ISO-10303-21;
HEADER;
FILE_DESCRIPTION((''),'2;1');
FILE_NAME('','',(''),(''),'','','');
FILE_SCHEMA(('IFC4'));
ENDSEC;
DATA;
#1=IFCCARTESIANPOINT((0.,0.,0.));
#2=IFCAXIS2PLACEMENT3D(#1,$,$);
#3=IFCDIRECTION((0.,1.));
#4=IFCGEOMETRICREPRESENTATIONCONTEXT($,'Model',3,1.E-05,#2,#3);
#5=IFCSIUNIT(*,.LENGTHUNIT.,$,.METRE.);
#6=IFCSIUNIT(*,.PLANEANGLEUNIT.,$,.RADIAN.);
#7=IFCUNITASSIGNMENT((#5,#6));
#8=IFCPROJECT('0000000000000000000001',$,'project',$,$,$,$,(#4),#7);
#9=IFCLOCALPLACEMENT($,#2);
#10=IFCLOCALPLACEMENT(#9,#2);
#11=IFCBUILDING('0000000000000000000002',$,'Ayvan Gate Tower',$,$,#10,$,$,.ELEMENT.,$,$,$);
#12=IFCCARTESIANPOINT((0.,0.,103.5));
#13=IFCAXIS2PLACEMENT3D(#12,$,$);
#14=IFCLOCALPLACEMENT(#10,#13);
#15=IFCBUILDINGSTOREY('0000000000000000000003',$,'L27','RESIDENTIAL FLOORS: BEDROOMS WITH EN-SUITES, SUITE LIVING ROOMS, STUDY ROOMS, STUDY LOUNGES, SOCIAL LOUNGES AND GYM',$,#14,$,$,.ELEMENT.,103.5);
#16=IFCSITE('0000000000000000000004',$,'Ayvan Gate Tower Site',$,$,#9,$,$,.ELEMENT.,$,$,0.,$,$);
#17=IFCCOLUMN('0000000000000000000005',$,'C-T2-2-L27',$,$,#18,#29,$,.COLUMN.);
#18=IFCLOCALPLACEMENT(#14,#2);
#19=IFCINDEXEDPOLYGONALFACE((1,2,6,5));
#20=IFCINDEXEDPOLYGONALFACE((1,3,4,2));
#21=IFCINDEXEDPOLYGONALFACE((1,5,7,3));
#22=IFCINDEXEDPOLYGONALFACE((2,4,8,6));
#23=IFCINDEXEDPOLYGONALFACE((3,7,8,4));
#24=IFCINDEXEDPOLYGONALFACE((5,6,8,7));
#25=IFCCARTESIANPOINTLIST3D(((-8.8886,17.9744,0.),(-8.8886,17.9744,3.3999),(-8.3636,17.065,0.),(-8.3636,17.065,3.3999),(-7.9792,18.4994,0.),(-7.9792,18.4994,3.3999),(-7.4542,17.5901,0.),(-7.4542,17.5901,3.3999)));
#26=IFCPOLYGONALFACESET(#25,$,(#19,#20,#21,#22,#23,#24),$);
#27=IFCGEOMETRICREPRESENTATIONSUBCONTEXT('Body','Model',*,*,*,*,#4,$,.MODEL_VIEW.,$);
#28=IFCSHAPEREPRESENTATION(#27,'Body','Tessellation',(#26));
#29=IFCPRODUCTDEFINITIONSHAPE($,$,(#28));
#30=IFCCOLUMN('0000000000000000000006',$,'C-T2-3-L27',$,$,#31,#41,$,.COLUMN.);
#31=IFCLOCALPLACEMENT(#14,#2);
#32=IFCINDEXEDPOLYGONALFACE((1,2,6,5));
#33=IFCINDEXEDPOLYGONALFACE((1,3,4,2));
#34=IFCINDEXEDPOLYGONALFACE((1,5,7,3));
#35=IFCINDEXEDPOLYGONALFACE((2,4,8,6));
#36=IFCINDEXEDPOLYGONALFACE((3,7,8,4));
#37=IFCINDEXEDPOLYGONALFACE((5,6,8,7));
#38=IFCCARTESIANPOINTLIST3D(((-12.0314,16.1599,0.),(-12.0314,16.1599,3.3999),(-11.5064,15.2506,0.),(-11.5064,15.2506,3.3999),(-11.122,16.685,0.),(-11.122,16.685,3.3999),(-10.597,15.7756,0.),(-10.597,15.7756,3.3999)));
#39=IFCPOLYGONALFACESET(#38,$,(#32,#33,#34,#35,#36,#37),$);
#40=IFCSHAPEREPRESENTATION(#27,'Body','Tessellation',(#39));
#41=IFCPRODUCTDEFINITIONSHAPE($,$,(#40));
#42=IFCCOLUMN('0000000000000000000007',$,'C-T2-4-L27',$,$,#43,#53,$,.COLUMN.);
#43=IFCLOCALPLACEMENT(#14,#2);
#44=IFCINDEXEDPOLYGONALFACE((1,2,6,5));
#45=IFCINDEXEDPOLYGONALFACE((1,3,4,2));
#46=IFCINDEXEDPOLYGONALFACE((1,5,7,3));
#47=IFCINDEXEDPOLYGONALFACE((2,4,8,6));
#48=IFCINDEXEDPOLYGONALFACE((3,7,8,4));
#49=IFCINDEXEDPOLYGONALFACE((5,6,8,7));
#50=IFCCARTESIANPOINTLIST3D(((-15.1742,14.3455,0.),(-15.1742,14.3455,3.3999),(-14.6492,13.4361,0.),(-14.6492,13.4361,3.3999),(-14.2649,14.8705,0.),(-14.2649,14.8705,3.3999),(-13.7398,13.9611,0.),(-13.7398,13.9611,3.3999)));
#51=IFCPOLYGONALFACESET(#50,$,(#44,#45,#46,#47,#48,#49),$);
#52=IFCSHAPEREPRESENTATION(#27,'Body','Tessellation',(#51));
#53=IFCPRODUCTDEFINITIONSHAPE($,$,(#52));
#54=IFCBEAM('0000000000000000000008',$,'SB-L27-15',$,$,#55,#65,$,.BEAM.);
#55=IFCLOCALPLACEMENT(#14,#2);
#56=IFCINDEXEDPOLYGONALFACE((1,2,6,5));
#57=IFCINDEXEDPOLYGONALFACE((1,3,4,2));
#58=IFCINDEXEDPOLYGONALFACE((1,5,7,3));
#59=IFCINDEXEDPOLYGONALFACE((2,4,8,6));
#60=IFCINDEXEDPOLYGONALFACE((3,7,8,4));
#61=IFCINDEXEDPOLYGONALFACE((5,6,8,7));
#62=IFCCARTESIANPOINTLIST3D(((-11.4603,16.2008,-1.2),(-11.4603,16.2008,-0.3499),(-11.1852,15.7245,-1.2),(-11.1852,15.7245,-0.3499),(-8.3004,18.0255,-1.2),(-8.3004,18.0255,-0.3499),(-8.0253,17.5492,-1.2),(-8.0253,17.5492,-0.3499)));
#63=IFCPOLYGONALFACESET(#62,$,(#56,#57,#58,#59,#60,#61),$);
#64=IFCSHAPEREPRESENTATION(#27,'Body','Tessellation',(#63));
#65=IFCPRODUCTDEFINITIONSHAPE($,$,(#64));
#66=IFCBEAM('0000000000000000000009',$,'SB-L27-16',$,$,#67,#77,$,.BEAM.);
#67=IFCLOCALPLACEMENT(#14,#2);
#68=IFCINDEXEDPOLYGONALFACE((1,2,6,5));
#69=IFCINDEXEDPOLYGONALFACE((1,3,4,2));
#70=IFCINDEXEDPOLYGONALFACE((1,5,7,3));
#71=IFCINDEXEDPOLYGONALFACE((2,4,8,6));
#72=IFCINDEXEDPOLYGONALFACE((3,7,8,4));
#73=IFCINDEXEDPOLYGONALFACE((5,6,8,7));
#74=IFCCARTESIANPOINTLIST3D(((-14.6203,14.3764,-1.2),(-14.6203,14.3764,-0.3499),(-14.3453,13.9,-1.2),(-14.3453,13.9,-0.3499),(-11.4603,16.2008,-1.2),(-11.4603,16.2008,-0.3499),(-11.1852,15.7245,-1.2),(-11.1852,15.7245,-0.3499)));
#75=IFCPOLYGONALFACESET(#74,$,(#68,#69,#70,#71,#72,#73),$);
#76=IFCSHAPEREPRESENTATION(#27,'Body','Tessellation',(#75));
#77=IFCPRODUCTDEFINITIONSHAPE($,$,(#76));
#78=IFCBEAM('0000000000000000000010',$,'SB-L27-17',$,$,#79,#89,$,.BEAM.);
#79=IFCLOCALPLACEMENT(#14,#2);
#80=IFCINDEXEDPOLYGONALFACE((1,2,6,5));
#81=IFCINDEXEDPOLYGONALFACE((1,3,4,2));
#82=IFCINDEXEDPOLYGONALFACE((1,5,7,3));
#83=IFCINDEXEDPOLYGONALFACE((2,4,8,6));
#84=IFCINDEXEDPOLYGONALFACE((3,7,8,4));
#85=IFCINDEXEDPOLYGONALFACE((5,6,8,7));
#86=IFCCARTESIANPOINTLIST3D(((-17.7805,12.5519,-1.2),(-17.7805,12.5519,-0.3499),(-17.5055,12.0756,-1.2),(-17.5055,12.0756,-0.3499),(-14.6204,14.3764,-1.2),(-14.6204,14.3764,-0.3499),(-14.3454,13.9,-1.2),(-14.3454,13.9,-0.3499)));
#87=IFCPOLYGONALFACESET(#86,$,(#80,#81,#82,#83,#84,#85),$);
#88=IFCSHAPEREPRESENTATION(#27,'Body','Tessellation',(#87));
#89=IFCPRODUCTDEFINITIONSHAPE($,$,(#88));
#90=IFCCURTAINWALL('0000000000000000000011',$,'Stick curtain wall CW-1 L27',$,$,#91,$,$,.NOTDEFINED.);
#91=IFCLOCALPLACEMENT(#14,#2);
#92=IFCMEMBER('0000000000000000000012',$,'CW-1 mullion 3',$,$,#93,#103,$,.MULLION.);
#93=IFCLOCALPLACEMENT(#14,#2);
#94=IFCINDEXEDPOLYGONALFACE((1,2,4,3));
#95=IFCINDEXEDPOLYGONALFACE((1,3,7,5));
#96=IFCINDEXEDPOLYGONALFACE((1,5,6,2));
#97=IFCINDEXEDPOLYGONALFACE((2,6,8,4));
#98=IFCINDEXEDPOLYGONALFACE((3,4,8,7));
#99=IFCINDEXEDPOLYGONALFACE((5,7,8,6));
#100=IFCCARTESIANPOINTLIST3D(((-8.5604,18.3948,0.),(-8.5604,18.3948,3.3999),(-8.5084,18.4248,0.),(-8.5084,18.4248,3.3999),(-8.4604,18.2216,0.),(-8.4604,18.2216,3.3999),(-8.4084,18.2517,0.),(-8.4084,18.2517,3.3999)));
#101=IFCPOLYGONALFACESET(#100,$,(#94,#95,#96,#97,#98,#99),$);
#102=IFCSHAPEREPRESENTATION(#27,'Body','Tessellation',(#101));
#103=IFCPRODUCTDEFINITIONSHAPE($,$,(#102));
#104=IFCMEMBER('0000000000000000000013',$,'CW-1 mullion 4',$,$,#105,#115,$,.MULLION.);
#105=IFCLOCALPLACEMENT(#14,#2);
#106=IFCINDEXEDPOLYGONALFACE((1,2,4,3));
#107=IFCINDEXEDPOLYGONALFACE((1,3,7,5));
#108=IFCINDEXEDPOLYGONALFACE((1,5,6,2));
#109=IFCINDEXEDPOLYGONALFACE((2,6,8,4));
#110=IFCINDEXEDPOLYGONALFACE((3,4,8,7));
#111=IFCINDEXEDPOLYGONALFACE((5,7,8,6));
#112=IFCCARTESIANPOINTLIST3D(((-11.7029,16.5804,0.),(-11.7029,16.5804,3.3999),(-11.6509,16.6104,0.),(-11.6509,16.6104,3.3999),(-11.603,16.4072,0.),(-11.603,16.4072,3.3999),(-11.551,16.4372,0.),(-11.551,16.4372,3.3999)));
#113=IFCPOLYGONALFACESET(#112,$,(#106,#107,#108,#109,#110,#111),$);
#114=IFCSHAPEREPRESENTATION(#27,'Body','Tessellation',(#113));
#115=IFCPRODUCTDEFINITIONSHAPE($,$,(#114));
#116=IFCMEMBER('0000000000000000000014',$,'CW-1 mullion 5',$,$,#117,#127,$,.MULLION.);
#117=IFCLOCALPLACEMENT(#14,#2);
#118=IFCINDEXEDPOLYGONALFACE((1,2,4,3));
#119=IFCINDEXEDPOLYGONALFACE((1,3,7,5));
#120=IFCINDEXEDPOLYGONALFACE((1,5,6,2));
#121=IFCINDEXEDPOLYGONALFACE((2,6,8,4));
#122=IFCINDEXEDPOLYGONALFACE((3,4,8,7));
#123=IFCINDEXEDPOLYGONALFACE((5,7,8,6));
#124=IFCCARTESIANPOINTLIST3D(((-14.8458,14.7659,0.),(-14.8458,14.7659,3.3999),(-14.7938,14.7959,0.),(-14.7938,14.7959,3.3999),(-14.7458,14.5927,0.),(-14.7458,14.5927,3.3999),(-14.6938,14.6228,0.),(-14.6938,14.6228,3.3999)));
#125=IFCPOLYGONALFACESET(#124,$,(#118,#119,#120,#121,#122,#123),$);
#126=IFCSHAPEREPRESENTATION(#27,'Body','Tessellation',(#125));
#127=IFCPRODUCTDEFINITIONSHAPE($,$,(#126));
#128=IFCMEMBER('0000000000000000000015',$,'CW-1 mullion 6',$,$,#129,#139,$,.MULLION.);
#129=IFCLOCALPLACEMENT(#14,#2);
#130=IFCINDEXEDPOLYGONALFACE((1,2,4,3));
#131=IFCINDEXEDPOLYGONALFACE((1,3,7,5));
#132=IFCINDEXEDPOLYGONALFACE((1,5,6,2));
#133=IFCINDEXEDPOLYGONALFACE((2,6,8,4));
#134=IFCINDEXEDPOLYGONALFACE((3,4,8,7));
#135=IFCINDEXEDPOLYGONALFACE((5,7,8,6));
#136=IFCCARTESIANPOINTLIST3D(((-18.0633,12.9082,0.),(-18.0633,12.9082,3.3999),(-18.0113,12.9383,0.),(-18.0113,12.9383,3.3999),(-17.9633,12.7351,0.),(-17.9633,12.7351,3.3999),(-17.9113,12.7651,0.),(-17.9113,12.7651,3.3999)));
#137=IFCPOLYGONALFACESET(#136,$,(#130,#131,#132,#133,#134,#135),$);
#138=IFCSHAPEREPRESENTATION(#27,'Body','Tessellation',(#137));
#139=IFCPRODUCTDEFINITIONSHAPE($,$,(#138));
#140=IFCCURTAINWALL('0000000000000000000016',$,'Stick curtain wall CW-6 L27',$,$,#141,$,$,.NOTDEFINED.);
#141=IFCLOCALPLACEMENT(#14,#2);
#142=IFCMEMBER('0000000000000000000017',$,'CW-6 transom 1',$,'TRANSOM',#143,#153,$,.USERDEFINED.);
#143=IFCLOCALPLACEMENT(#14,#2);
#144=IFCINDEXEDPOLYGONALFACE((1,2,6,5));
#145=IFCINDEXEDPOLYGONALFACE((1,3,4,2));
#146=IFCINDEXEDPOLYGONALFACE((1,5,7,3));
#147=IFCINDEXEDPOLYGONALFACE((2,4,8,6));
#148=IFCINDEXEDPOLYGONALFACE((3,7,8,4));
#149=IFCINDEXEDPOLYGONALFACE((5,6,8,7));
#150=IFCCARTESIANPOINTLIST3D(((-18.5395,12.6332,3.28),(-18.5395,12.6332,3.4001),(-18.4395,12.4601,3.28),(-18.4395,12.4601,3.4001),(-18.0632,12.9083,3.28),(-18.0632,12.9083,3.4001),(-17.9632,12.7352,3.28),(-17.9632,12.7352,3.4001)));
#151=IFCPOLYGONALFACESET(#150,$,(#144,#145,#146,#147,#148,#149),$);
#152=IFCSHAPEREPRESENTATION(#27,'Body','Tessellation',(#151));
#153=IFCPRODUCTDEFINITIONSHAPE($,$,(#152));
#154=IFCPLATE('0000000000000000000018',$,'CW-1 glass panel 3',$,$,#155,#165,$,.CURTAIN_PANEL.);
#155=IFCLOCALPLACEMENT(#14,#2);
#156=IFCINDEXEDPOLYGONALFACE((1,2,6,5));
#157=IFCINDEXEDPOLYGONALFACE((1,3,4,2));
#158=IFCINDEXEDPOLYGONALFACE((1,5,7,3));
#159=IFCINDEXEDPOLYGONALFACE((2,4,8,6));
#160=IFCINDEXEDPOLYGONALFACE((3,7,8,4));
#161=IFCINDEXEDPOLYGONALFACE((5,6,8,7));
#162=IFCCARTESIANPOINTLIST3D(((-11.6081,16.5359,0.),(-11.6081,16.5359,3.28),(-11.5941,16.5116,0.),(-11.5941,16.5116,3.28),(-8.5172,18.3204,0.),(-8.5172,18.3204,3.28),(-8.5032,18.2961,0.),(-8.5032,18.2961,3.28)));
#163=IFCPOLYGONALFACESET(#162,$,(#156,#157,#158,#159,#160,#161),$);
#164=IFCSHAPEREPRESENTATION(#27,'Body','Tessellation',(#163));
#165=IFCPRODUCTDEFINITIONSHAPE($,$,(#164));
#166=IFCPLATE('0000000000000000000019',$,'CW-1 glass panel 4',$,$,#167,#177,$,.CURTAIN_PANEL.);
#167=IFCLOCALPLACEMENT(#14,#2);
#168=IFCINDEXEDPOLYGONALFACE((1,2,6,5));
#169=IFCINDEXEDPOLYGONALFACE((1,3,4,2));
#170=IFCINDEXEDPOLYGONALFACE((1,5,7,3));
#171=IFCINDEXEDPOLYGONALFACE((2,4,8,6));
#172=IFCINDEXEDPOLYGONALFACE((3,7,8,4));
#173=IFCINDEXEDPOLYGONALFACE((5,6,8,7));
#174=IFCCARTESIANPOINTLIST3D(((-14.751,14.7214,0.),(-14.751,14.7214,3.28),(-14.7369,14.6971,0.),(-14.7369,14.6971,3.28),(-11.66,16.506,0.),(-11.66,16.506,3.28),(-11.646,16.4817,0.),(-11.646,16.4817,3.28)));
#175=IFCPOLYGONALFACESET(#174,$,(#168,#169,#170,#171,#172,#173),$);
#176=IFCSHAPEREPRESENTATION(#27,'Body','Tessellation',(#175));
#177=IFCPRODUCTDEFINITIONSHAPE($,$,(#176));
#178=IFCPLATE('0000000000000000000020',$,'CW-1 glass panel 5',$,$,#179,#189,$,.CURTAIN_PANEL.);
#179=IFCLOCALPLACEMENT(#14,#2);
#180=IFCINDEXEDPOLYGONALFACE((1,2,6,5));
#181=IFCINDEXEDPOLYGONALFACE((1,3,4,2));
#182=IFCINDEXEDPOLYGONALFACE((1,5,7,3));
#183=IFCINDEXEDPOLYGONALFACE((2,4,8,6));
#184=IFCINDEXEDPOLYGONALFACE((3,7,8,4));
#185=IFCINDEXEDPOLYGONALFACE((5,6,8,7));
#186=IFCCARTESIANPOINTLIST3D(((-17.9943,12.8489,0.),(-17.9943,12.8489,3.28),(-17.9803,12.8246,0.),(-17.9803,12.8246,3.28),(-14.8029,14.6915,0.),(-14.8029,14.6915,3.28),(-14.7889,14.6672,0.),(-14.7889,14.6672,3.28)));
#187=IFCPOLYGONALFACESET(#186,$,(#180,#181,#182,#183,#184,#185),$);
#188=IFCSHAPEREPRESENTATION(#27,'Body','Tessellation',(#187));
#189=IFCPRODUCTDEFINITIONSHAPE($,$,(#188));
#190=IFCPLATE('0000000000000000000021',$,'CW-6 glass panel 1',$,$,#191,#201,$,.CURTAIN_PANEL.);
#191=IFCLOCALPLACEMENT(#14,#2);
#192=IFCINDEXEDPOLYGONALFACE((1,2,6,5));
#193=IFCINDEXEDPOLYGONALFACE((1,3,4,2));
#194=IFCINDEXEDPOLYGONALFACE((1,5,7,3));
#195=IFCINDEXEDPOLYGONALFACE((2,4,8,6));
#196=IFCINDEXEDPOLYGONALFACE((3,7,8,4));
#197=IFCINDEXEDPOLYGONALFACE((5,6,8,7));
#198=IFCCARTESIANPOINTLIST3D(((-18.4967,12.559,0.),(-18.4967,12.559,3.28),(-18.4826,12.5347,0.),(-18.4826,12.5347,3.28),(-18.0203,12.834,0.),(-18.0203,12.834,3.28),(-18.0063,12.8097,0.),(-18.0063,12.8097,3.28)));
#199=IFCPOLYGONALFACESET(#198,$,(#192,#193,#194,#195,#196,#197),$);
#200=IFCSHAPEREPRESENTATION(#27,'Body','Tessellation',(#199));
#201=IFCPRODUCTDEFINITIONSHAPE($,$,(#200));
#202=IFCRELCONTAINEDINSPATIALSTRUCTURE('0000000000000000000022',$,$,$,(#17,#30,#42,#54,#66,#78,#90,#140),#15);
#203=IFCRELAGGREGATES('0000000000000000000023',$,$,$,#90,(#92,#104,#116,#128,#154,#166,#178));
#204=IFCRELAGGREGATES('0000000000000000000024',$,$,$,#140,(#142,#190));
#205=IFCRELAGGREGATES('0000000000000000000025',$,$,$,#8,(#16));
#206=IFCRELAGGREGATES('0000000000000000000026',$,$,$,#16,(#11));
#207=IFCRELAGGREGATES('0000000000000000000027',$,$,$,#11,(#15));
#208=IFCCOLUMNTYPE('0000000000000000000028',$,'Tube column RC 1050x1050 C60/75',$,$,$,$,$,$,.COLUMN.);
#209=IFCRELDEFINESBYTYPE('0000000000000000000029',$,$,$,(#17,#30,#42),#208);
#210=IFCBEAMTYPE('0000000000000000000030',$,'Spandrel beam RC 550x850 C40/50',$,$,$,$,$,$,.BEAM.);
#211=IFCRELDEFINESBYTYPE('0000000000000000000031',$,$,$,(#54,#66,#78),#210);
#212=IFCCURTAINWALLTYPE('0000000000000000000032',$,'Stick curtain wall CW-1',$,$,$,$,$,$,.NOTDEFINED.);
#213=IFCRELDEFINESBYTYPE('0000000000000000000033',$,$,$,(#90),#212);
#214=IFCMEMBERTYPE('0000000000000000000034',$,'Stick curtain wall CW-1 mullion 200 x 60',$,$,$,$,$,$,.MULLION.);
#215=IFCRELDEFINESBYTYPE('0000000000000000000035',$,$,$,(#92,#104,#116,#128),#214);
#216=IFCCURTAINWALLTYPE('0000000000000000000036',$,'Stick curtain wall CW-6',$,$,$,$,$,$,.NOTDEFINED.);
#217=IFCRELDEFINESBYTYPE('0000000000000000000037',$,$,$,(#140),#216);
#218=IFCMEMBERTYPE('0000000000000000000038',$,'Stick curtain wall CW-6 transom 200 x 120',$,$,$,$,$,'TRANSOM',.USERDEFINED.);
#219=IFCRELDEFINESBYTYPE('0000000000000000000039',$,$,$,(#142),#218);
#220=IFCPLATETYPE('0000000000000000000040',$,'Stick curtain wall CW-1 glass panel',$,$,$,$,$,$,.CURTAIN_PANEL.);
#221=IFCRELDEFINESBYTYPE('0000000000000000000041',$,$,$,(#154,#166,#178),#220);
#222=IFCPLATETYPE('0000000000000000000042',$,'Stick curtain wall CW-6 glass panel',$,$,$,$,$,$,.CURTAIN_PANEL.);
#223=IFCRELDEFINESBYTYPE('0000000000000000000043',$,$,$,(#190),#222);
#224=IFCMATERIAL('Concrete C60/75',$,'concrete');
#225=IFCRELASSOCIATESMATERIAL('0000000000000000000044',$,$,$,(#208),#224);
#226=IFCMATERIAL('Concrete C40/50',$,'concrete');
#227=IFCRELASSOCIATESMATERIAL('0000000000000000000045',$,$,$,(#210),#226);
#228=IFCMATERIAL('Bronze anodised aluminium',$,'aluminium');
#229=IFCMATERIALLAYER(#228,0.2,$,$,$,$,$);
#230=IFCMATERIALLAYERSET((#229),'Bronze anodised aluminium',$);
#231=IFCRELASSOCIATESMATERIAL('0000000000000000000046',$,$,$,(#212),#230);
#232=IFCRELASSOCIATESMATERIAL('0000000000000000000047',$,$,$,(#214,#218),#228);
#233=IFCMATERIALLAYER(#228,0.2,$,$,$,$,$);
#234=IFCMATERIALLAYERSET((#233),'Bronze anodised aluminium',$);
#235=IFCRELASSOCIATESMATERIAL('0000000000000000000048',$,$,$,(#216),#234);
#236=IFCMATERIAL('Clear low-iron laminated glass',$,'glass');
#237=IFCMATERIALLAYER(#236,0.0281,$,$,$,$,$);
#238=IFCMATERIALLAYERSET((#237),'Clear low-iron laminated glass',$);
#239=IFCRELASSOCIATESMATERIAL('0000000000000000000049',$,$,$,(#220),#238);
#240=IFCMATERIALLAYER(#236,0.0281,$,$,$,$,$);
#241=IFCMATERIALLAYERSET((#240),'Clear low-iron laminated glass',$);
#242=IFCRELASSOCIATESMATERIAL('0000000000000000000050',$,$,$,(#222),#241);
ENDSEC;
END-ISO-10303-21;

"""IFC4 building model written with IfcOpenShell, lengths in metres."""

from ifc_helpers import new_model, si_unit, direction, frame, origin, origin_2d, place, context, subcontext, project, spatial, rectangle, extrude, material, layer, layer_set, material_profile, profile_set, type_object, element, aggregate, save


model = new_model("IFC4")

# Units and contexts
model_context = context("Model", 3, precision=1e-05, world=origin(), true_north=direction((0.0, 1.0)))
body_context = subcontext(model_context, "Body", "Model", "MODEL_VIEW")
ifc_project = project(units=[si_unit("LENGTHUNIT", "METRE"), si_unit("PLANEANGLEUNIT", "RADIAN")], contexts=[model_context])

# Site, building, storey
site_placement = place(None, origin())
site = spatial("IfcSite", under=ifc_project, at=site_placement, Name="Ayvan Gate Tower Site", CompositionType="ELEMENT", RefElevation=0.0)
building_placement = place(site_placement, origin())
building = spatial("IfcBuilding", under=site, at=building_placement, Name="Ayvan Gate Tower", CompositionType="ELEMENT")
storey_placement = place(building_placement, frame((0.0, 0.0, 103.5)))
storey = spatial("IfcBuildingStorey", under=building, at=storey_placement, Name="L27", Description="RESIDENTIAL FLOORS: BEDROOMS WITH EN-SUITES, SUITE LIVING ROOMS, STUDY ROOMS, STUDY LOUNGES, SOCIAL LOUNGES AND GYM", CompositionType="ELEMENT", Elevation=103.5)

# Columns
ifc_material_1 = material(Name="Concrete C60/75", Category="concrete")
ifc_material_profile_1 = material_profile(ifc_material_1, rectangle(XDim=1.05, YDim=1.05, at=origin_2d()), Name="RC 1050x1050")
ifc_profile_set_1 = profile_set([ifc_material_profile_1], Name="Concrete C60/75")
column_type = type_object("IfcColumnType", Name="Tube column RC 1050x1050 C60/75", PredefinedType="COLUMN", material=ifc_profile_set_1)
for number, where, z_axis, x_axis, name in (
    (1, (-8.1714, 17.7822, 0.0), (0.0, 0.0, 1.0), (-0.5, 0.866025, 0.0), "C-T2-2-L27"),
    (2, (-11.3142, 15.9678, 0.0), (0.0, 0.0, 1.0), (-0.5, 0.866025, 0.0), "C-T2-3-L27"),
    (3, (-14.457, 14.1533, 0.0), (0.0, 0.0, 1.0), (-0.5, 0.866025, 0.0), "C-T2-4-L27"),
):
    element("IfcColumn", number, at=place(storey_placement, frame(where, z_axis=z_axis, x_axis=x_axis)), inside=storey, type_object=column_type, Name=name, PredefinedType="COLUMN", context=body_context, shape_type="SweptSolid", body=[
        extrude(rectangle(XDim=1.05, YDim=1.05, at=origin_2d()), origin(), (0.0, 0.0, 1.0), 3.3999),
    ])

# Beams
ifc_material_2 = material(Name="Concrete C40/50", Category="concrete")
ifc_material_profile_2 = material_profile(ifc_material_2, rectangle(XDim=0.55, YDim=0.8501, at=origin_2d()), Name="RC 550x850")
ifc_profile_set_2 = profile_set([ifc_material_profile_2], Name="Concrete C40/50")
beam_type = type_object("IfcBeamType", Name="Spandrel beam RC 550x850 C40/50", PredefinedType="BEAM", material=ifc_profile_set_2)
for number, where, z_axis, x_axis, name in (
    (4, (-8.1628, 17.7874, -0.7749), (-0.865986, -0.500068, 0.0), (0.500068, -0.865986, 0.0), "SB-L27-15"),
    (5, (-11.3228, 15.9626, -0.7749), (-0.866032, -0.499989, 0.0), (0.499989, -0.866032, 0.0), "SB-L27-16"),
    (6, (-14.4829, 14.1382, -0.7749), (-0.866032, -0.499989, 0.0), (0.499989, -0.866032, 0.0), "SB-L27-17"),
):
    element("IfcBeam", number, at=place(storey_placement, frame(where, z_axis=z_axis, x_axis=x_axis)), inside=storey, type_object=beam_type, Name=name, PredefinedType="BEAM", context=body_context, shape_type="SweptSolid", body=[
        extrude(rectangle(XDim=0.55, YDim=0.8501, at=origin_2d()), origin(), (0.0, 0.0, 1.0), 3.6489),
    ])

# Curtain wall, members
ifc_material_3 = material(Name="Bronze anodised aluminium", Category="aluminium")
ifc_layer_1 = layer(ifc_material_3, 0.2)
ifc_layer_set_1 = layer_set([ifc_layer_1], Name="Bronze anodised aluminium")
curtain_wall_type_1 = type_object("IfcCurtainWallType", Name="Stick curtain wall CW-1", PredefinedType="NOTDEFINED", material=ifc_layer_set_1)
curtain_wall_1_placement = place(storey_placement, origin())
curtain_wall_1 = element("IfcCurtainWall", 7, at=curtain_wall_1_placement, inside=storey, type_object=curtain_wall_type_1, Name="Stick curtain wall CW-1 L27", PredefinedType="NOTDEFINED")
ifc_material_profile_3 = material_profile(ifc_material_3, rectangle(XDim=0.2, YDim=0.0601, at=origin_2d()), Name="Stick curtain wall CW-1 mullion 200 x 60")
ifc_profile_set_3 = profile_set([ifc_material_profile_3], Name="Bronze anodised aluminium")
member_type_1 = type_object("IfcMemberType", Name="Stick curtain wall CW-1 mullion 200 x 60", PredefinedType="MULLION", material=ifc_profile_set_3)
member_1_placement = place(storey_placement, frame((-8.4844, 18.3232, 0.0), z_axis=(0.0, 0.0, 1.0), x_axis=(-0.5, 0.866025, 0.0)))
member_1 = element("IfcMember", 8, at=member_1_placement, type_object=member_type_1, Name="CW-1 mullion 3", PredefinedType="MULLION", context=body_context, shape_type="SweptSolid", body=[
    extrude(rectangle(XDim=0.2, YDim=0.0601, at=origin_2d()), origin(), (0.0, 0.0, 1.0), 3.3999),
])
member_2_placement = place(storey_placement, frame((-11.627, 16.5088, 0.0), z_axis=(0.0, 0.0, 1.0), x_axis=(-0.5, 0.866025, 0.0)))
member_2 = element("IfcMember", 9, at=member_2_placement, type_object=member_type_1, Name="CW-1 mullion 4", PredefinedType="MULLION", context=body_context, shape_type="SweptSolid", body=[
    extrude(rectangle(XDim=0.2, YDim=0.0601, at=origin_2d()), origin(), (0.0, 0.0, 1.0), 3.3999),
])
member_3_placement = place(storey_placement, frame((-14.7698, 14.6943, 0.0), z_axis=(0.0, 0.0, 1.0), x_axis=(-0.5, 0.866025, 0.0)))
member_3 = element("IfcMember", 10, at=member_3_placement, type_object=member_type_1, Name="CW-1 mullion 5", PredefinedType="MULLION", context=body_context, shape_type="SweptSolid", body=[
    extrude(rectangle(XDim=0.2, YDim=0.0601, at=origin_2d()), origin(), (0.0, 0.0, 1.0), 3.3999),
])
member_4_placement = place(storey_placement, frame((-17.9873, 12.8367, 0.0), z_axis=(0.0, 0.0, 1.0), x_axis=(-0.5, 0.866025, 0.0)))
member_4 = element("IfcMember", 11, at=member_4_placement, type_object=member_type_1, Name="CW-1 mullion 6", PredefinedType="MULLION", context=body_context, shape_type="SweptSolid", body=[
    extrude(rectangle(XDim=0.2, YDim=0.0601, at=origin_2d()), origin(), (0.0, 0.0, 1.0), 3.3999),
])

# Curtain wall, member
ifc_layer_2 = layer(ifc_material_3, 0.2)
ifc_layer_set_2 = layer_set([ifc_layer_2], Name="Bronze anodised aluminium")
curtain_wall_type_2 = type_object("IfcCurtainWallType", Name="Stick curtain wall CW-6", PredefinedType="NOTDEFINED", material=ifc_layer_set_2)
curtain_wall_2_placement = place(storey_placement, origin())
curtain_wall_2 = element("IfcCurtainWall", 12, at=curtain_wall_2_placement, inside=storey, type_object=curtain_wall_type_2, Name="Stick curtain wall CW-6 L27", PredefinedType="NOTDEFINED")
ifc_material_profile_4 = material_profile(ifc_material_3, rectangle(XDim=0.2, YDim=0.1201, at=origin_2d()), Name="Stick curtain wall CW-6 transom 200 x 120")
ifc_profile_set_4 = profile_set([ifc_material_profile_4], Name="Bronze anodised aluminium")
member_type_2 = type_object("IfcMemberType", Name="Stick curtain wall CW-6 transom 200 x 120", ElementType="TRANSOM", PredefinedType="USERDEFINED", material=ifc_profile_set_4)
member_5_placement = place(storey_placement, frame((-18.0132, 12.8218, 3.3401), z_axis=(-0.865912, -0.500196, 0.0), x_axis=(0.500196, -0.865912, 0.0)))
member_5 = element("IfcMember", 13, at=member_5_placement, type_object=member_type_2, Name="CW-6 transom 1", ObjectType="TRANSOM", PredefinedType="USERDEFINED", context=body_context, shape_type="SweptSolid", body=[
    extrude(rectangle(XDim=0.2, YDim=0.1201, at=origin_2d()), origin(), (0.0, 0.0, 1.0), 0.55),
])

# Plates
ifc_material_4 = material(Name="Clear low-iron laminated glass", Category="glass")
ifc_layer_3 = layer(ifc_material_4, 0.0281)
ifc_layer_set_3 = layer_set([ifc_layer_3], Name="Clear low-iron laminated glass")
plate_type_1 = type_object("IfcPlateType", Name="Stick curtain wall CW-1 glass panel", PredefinedType="CURTAIN_PANEL", material=ifc_layer_set_3)
plate_1_placement = place(storey_placement, frame((-10.0557, 17.416, 0.0), z_axis=(0.0, 0.0, 1.0), x_axis=(-0.866025, -0.5, 0.0)))
plate_1 = element("IfcPlate", 14, at=plate_1_placement, type_object=plate_type_1, Name="CW-1 glass panel 3", PredefinedType="CURTAIN_PANEL", context=body_context, shape_type="SweptSolid", body=[
    extrude(rectangle(XDim=3.5691, YDim=0.0281, at=origin_2d()), origin(), (0.0, 0.0, 1.0), 3.28),
])
plate_2_placement = place(storey_placement, frame((-13.1985, 15.6016, 0.0), z_axis=(0.0, 0.0, 1.0), x_axis=(-0.866025, -0.5, 0.0)))
plate_2 = element("IfcPlate", 15, at=plate_2_placement, type_object=plate_type_1, Name="CW-1 glass panel 4", PredefinedType="CURTAIN_PANEL", context=body_context, shape_type="SweptSolid", body=[
    extrude(rectangle(XDim=3.5691, YDim=0.0281, at=origin_2d()), origin(), (0.0, 0.0, 1.0), 3.28),
])
plate_3_placement = place(storey_placement, frame((-16.3916, 13.7581, 0.0), z_axis=(0.0, 0.0, 1.0), x_axis=(-0.866025, -0.5, 0.0)))
plate_3 = element("IfcPlate", 16, at=plate_3_placement, type_object=plate_type_1, Name="CW-1 glass panel 5", PredefinedType="CURTAIN_PANEL", context=body_context, shape_type="SweptSolid", body=[
    extrude(rectangle(XDim=3.6851, YDim=0.0281, at=origin_2d()), origin(), (0.0, 0.0, 1.0), 3.28),
])
aggregate(curtain_wall_1, [member_1, member_2, member_3, member_4, plate_1, plate_2, plate_3])
ifc_layer_4 = layer(ifc_material_4, 0.0281)
ifc_layer_set_4 = layer_set([ifc_layer_4], Name="Clear low-iron laminated glass")
plate_type_2 = type_object("IfcPlateType", Name="Stick curtain wall CW-6 glass panel", PredefinedType="CURTAIN_PANEL", material=ifc_layer_set_4)
plate_4_placement = place(storey_placement, frame((-18.2515, 12.6843, 0.0), z_axis=(0.0, 0.0, 1.0), x_axis=(-0.866025, -0.5, 0.0)))
plate_4 = element("IfcPlate", 17, at=plate_4_placement, type_object=plate_type_2, Name="CW-6 glass panel 1", PredefinedType="CURTAIN_PANEL", context=body_context, shape_type="SweptSolid", body=[
    extrude(rectangle(XDim=0.55, YDim=0.0281, at=origin_2d()), origin(), (0.0, 0.0, 1.0), 3.28),
])
aggregate(curtain_wall_2, [member_5, plate_4])

save(model, "model.ifc")
